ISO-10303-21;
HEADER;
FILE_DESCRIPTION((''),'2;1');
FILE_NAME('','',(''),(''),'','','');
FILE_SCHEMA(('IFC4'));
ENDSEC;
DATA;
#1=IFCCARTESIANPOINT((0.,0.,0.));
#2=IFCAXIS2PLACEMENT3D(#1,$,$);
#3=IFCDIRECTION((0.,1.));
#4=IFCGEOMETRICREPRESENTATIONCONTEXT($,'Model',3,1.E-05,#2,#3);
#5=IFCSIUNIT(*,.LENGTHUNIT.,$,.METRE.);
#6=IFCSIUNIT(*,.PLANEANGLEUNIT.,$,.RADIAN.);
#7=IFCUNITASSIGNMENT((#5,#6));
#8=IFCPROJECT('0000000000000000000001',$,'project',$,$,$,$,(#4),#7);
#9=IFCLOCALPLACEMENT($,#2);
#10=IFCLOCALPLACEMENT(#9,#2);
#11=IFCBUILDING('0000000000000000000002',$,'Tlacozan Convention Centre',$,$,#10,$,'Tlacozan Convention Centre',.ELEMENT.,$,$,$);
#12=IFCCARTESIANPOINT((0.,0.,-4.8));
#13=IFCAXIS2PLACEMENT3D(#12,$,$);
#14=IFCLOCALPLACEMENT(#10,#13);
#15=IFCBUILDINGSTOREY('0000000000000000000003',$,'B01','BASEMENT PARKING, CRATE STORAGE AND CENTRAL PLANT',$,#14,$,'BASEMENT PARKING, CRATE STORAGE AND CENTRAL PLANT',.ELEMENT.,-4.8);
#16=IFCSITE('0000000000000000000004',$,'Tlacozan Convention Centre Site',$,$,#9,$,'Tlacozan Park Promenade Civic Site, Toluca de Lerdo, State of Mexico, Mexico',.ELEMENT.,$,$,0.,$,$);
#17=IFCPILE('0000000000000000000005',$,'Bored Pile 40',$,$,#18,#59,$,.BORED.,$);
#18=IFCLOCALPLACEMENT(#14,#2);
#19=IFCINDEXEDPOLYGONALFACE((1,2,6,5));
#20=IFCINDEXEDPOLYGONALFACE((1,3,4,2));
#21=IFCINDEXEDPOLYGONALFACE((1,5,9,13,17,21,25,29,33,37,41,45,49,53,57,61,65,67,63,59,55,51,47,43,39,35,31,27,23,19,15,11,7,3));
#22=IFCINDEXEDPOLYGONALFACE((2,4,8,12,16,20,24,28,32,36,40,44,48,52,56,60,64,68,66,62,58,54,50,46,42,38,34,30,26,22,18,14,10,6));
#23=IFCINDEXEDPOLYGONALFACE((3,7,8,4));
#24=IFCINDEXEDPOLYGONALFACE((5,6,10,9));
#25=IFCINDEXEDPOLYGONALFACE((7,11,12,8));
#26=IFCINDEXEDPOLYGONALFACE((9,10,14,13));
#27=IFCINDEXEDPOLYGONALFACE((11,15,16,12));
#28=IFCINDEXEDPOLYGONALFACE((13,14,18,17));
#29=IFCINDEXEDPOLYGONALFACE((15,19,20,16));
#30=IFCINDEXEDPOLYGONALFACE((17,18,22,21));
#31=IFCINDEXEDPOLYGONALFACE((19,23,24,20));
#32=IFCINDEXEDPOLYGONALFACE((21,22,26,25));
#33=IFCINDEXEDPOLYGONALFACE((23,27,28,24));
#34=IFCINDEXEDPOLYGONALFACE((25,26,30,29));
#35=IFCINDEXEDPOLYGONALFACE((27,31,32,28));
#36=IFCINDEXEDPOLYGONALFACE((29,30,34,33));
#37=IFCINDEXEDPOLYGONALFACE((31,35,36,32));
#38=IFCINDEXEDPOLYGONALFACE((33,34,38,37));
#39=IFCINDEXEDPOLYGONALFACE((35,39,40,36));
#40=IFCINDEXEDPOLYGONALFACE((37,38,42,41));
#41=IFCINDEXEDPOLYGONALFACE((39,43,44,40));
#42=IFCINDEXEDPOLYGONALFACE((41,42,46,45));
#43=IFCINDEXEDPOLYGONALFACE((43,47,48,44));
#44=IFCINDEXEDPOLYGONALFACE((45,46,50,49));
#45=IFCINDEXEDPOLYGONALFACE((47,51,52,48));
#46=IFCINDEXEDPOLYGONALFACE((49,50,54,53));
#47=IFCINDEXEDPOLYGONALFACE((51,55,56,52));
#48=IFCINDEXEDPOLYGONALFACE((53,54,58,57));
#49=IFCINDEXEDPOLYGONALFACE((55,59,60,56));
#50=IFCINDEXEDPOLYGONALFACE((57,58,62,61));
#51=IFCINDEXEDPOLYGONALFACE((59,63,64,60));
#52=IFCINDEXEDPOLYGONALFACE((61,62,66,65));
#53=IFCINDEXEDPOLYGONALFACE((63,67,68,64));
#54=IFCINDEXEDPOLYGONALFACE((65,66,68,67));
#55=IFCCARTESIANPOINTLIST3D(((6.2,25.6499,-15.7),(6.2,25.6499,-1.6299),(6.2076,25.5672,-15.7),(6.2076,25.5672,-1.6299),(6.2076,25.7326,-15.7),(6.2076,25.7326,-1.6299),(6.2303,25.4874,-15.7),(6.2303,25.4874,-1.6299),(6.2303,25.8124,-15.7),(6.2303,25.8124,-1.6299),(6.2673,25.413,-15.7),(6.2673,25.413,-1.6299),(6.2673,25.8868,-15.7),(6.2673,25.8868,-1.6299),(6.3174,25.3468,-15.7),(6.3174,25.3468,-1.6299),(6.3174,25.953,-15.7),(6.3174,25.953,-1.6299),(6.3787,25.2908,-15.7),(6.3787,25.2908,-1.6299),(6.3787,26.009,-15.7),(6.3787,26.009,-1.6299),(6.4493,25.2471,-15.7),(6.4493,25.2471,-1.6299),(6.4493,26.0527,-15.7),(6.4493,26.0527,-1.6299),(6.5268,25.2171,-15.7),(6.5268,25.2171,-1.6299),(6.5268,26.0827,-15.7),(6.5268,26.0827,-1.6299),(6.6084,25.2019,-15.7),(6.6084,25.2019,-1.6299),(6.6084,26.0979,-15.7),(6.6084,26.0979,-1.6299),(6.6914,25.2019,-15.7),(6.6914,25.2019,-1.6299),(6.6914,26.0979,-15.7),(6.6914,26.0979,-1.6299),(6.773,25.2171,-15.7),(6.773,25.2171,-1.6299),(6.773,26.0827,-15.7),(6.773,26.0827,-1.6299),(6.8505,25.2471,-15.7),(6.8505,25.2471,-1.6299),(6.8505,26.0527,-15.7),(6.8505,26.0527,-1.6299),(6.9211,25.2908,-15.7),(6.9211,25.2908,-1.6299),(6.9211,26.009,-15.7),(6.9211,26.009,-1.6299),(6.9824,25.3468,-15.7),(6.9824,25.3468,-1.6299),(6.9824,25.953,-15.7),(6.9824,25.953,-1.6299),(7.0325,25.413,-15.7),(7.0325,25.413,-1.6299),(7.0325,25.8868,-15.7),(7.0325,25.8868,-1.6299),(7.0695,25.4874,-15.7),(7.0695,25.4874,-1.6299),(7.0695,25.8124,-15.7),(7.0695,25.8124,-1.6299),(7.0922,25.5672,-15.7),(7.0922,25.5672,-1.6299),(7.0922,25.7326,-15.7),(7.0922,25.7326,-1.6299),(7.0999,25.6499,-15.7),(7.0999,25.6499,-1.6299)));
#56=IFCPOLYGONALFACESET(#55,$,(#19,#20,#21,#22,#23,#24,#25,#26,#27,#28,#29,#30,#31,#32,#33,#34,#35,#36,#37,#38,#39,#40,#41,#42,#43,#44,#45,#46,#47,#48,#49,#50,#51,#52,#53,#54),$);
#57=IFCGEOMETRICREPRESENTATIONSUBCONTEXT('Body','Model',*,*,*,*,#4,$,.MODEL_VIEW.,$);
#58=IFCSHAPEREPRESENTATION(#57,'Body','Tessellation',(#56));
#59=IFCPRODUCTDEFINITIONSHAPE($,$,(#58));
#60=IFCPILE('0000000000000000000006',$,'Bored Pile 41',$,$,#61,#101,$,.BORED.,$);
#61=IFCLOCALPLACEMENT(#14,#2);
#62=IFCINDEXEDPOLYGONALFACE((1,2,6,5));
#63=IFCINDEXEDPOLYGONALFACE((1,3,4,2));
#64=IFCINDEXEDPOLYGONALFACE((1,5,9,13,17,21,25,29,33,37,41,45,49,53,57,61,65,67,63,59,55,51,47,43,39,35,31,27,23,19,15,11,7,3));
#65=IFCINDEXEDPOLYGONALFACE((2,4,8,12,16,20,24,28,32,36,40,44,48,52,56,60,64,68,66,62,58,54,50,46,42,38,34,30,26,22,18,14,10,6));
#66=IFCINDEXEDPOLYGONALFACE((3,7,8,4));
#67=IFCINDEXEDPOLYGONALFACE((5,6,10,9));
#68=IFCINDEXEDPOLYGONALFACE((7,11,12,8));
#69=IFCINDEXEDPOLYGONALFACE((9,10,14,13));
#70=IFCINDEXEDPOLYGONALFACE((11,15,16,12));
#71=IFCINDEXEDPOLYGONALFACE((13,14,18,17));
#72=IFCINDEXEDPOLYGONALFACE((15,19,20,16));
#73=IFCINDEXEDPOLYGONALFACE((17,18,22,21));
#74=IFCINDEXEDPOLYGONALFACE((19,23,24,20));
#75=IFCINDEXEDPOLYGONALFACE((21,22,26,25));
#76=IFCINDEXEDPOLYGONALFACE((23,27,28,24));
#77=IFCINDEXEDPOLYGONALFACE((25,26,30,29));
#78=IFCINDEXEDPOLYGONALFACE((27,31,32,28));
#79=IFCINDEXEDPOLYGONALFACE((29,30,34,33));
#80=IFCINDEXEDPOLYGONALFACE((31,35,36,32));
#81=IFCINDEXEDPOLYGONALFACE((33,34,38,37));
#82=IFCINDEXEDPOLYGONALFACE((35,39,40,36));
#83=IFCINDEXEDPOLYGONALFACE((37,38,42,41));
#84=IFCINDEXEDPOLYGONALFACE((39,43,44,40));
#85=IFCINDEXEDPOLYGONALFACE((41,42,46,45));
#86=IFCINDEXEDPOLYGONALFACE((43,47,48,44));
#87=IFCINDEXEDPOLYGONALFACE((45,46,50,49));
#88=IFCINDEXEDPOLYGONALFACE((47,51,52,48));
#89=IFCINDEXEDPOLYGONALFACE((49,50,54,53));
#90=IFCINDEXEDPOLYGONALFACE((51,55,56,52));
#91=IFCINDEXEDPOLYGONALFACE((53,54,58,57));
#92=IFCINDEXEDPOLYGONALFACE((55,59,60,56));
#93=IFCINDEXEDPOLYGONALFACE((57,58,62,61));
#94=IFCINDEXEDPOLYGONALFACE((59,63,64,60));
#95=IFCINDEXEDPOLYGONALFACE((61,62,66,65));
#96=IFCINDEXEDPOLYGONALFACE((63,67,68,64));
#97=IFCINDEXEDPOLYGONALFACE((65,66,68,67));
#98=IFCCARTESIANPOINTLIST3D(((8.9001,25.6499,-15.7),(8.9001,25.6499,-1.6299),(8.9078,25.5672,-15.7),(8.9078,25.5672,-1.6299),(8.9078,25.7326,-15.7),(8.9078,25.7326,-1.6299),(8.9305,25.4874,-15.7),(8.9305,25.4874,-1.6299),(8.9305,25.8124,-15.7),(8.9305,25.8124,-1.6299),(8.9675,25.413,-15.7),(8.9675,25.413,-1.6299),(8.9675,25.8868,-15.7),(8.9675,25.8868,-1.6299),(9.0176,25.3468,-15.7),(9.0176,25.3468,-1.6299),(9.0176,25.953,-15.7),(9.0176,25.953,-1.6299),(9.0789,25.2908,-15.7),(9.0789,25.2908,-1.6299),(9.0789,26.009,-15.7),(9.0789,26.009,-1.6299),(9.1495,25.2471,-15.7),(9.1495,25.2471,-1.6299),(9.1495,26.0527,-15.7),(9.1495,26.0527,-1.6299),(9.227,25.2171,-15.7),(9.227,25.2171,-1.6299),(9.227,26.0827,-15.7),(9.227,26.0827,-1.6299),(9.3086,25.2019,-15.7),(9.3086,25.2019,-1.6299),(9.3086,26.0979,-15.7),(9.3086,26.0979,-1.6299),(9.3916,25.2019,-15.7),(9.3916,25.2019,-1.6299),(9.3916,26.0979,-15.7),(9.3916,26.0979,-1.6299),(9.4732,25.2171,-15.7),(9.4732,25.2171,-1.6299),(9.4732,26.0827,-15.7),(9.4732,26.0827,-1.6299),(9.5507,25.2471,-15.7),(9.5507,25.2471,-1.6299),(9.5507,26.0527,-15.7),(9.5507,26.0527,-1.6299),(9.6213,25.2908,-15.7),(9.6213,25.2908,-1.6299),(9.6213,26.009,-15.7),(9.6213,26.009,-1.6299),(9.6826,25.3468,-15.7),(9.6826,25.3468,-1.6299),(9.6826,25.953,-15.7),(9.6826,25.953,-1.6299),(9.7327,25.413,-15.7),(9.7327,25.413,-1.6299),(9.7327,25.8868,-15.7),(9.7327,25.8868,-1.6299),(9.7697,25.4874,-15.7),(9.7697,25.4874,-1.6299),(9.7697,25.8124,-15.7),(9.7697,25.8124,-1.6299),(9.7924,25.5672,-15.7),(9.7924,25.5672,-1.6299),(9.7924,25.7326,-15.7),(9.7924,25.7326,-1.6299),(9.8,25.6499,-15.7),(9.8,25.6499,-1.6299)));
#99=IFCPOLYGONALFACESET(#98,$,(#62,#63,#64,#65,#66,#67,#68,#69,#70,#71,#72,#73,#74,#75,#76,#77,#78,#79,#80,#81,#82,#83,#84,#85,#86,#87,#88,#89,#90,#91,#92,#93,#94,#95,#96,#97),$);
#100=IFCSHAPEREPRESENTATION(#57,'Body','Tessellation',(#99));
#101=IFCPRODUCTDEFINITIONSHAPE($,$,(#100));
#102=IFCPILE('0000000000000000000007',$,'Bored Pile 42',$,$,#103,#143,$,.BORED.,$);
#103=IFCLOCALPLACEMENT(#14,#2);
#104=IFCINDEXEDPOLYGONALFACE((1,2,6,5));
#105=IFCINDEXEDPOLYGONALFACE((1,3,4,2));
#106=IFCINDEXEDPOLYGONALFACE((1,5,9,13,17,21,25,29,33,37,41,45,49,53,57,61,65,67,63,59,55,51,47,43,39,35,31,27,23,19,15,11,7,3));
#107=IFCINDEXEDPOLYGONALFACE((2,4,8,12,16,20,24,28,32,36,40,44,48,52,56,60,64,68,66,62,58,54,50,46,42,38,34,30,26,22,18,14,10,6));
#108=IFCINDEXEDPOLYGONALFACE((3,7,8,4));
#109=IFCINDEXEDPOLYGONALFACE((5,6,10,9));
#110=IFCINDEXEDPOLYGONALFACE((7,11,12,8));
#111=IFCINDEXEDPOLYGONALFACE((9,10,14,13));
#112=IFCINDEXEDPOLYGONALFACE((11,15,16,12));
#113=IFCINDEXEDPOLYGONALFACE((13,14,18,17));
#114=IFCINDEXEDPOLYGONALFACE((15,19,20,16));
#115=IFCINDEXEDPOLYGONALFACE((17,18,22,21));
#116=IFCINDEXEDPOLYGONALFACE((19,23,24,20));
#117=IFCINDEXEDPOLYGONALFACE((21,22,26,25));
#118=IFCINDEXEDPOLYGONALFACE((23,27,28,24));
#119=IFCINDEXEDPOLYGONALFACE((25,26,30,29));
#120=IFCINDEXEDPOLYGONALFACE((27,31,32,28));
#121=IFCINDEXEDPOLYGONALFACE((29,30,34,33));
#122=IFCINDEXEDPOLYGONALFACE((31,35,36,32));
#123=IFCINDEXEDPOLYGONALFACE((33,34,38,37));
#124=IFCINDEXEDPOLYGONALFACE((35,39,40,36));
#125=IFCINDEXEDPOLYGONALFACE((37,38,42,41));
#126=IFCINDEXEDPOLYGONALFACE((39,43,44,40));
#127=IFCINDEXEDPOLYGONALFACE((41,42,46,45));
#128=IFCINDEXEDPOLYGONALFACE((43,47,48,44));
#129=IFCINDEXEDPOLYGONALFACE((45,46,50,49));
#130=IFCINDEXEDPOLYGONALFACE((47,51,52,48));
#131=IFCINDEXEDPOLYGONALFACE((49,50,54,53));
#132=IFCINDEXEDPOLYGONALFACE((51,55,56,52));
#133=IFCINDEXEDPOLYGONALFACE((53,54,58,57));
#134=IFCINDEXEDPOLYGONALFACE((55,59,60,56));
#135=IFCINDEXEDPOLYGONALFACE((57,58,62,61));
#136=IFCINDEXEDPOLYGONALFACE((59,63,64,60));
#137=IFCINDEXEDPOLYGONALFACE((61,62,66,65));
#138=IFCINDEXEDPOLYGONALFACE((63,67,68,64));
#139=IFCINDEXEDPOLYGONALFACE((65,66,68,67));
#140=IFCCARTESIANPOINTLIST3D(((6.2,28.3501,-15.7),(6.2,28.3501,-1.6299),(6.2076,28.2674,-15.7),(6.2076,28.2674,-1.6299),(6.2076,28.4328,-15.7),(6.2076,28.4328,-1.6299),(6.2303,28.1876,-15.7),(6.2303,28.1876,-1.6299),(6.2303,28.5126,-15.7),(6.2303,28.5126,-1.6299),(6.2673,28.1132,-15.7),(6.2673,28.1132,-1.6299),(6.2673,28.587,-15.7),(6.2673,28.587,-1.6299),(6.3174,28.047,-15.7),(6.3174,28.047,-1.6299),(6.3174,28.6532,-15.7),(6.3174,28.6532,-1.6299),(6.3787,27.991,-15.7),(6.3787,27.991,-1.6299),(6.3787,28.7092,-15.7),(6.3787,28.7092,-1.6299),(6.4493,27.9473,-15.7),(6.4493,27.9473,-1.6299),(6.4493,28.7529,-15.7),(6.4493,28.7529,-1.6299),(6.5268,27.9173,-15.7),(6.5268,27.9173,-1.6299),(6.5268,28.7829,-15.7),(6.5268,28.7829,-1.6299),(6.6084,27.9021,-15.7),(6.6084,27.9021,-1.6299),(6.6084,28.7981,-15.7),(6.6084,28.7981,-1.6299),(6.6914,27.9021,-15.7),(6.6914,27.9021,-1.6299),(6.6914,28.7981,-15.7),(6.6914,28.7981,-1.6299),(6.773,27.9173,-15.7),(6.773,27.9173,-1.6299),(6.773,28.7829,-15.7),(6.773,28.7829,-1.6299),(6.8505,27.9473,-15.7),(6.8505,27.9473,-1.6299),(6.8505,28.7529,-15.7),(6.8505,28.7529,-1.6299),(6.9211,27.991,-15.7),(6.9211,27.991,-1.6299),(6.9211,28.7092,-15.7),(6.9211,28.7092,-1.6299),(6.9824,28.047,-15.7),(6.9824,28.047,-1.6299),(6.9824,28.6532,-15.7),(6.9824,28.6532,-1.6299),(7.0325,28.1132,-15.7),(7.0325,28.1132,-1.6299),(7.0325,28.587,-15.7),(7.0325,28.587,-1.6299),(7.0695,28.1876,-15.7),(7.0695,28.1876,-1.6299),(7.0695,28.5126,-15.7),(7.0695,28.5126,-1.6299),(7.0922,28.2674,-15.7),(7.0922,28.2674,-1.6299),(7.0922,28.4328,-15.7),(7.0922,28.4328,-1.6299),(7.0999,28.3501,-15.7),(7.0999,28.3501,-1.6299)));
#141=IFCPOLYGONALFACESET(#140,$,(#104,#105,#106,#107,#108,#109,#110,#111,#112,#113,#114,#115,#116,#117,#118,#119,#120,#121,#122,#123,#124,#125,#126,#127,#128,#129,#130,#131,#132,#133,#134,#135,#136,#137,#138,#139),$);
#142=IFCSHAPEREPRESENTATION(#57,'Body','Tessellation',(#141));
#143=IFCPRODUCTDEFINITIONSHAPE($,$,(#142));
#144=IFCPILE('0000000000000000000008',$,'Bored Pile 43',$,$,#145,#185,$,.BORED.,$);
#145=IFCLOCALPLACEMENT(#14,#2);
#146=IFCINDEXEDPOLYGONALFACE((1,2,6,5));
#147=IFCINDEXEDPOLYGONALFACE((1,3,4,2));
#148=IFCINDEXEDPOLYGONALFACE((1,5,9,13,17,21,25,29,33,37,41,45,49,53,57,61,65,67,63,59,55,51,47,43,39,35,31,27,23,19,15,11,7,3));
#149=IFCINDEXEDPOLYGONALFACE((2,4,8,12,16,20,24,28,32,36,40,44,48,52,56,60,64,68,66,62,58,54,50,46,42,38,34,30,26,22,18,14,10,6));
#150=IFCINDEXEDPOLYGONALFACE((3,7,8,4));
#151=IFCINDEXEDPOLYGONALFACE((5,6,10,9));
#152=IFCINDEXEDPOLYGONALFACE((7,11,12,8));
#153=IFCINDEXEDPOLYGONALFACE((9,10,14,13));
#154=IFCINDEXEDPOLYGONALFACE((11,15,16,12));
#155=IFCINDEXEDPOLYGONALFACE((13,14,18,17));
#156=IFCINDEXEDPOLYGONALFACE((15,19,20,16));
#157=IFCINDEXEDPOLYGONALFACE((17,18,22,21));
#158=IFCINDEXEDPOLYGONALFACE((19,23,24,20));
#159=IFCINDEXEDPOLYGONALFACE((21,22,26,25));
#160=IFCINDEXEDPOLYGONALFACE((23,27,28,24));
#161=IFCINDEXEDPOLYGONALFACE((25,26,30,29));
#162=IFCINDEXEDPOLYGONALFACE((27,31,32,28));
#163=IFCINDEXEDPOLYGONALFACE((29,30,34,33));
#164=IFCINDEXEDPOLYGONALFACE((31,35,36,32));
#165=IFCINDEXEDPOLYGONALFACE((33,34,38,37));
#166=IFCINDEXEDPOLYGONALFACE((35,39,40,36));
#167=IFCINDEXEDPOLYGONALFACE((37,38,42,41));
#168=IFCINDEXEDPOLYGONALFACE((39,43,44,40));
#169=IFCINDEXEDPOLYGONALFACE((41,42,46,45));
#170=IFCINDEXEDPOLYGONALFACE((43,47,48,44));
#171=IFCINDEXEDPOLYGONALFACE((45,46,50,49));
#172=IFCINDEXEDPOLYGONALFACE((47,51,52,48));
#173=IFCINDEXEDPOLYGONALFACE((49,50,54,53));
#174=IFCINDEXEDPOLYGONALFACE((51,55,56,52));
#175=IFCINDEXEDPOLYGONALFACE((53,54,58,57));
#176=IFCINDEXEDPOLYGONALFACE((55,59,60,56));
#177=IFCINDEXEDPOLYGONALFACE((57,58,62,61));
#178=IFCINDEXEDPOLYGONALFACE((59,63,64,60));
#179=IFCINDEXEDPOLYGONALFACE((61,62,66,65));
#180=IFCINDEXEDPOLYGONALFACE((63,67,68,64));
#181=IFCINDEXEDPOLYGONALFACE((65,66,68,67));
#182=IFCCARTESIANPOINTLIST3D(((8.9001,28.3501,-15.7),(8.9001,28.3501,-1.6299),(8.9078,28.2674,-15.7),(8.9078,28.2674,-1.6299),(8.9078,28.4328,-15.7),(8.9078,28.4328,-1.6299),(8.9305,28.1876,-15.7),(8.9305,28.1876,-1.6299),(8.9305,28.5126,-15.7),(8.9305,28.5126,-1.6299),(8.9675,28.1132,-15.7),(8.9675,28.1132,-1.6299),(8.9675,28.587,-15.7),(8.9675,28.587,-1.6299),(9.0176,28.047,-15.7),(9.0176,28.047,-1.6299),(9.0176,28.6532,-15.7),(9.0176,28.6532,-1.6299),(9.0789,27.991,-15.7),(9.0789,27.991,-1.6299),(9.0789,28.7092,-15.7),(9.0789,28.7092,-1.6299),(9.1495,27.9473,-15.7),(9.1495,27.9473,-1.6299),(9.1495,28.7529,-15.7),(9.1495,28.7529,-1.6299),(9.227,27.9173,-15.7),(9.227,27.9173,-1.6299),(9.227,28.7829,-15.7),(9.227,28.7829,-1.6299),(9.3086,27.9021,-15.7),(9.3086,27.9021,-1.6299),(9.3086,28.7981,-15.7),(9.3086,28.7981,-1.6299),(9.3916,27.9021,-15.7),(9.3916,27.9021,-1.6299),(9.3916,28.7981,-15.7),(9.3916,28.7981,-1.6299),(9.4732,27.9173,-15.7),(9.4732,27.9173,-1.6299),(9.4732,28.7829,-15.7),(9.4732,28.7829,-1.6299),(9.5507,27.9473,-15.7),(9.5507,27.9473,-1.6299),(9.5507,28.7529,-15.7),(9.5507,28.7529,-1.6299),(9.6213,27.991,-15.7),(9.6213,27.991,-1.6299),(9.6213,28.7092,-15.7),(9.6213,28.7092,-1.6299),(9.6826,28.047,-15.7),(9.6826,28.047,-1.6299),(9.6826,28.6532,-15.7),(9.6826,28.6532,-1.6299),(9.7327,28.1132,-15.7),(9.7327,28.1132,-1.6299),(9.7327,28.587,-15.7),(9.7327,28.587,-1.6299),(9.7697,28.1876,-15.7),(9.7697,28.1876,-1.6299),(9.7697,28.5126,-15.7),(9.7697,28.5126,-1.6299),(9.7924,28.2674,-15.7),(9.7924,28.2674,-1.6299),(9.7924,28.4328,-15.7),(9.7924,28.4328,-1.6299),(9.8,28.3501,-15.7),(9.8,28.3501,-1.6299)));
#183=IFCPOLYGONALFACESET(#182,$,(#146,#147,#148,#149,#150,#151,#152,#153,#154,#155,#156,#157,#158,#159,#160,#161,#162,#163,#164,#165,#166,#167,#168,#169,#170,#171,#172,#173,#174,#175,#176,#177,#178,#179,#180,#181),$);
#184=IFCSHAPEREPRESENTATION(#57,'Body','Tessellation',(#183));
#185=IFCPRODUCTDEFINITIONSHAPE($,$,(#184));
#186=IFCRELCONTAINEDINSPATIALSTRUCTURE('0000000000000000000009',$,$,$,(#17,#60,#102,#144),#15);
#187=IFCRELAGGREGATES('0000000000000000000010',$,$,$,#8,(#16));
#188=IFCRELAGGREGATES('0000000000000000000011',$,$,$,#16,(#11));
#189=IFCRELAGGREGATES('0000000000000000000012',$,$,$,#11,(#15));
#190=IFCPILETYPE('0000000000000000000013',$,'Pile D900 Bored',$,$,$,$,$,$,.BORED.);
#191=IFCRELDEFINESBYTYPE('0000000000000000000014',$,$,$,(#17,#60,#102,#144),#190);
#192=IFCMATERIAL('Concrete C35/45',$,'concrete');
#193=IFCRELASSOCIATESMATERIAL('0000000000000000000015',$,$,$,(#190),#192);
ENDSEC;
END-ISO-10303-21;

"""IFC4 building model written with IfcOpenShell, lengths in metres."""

from ifc_helpers import new_model, si_unit, direction, frame, origin, origin_2d, place, context, subcontext, project, spatial, circle, extrude, material, material_profile, profile_set, type_object, element, save


model = new_model("IFC4")

# Units and contexts
model_context = context("Model", 3, precision=1e-05, world=origin(), true_north=direction((0.0, 1.0)))
body_context = subcontext(model_context, "Body", "Model", "MODEL_VIEW")
ifc_project = project(units=[si_unit("LENGTHUNIT", "METRE"), si_unit("PLANEANGLEUNIT", "RADIAN")], contexts=[model_context])

# Site, building, storey
site_placement = place(None, origin())
site = spatial("IfcSite", under=ifc_project, at=site_placement, Name="Tlacozan Convention Centre Site", LongName="Tlacozan Park Promenade Civic Site, Toluca de Lerdo, State of Mexico, Mexico", CompositionType="ELEMENT", RefElevation=0.0)
building_placement = place(site_placement, origin())
building = spatial("IfcBuilding", under=site, at=building_placement, Name="Tlacozan Convention Centre", LongName="Tlacozan Convention Centre", CompositionType="ELEMENT")
storey_placement = place(building_placement, frame((0.0, 0.0, -4.8)))
storey = spatial("IfcBuildingStorey", under=building, at=storey_placement, Name="B01", Description="BASEMENT PARKING, CRATE STORAGE AND CENTRAL PLANT", LongName="BASEMENT PARKING, CRATE STORAGE AND CENTRAL PLANT", CompositionType="ELEMENT", Elevation=-4.8)

# Shared definitions
ifc_material_1 = material(Name="Concrete C35/45", Category="concrete")

# Piles
ifc_material_profile_1 = material_profile(ifc_material_1, circle(Radius=0.45, at=origin_2d()), Name="PILE D900")
ifc_profile_set_1 = profile_set([ifc_material_profile_1], Name="Concrete C35/45")
pile_type_1 = type_object("IfcPileType", Name="Pile D900 Bored", PredefinedType="BORED", material=ifc_profile_set_1)
for number, where, z_axis, x_axis, name in (
    (1, (6.6499, 25.6499, -1.6299), (0.0, 0.0, -1.0), (1.0, 0.0, 0.0), "Bored Pile 40"),
    (2, (9.3501, 25.6499, -1.6299), (0.0, 0.0, -1.0), (1.0, 0.0, 0.0), "Bored Pile 41"),
    (3, (6.6499, 28.3501, -1.6299), (0.0, 0.0, -1.0), (1.0, 0.0, 0.0), "Bored Pile 42"),
    (4, (9.3501, 28.3501, -1.6299), (0.0, 0.0, -1.0), (1.0, 0.0, 0.0), "Bored Pile 43"),
):
    element("IfcPile", number, at=place(storey_placement, frame(where, z_axis=z_axis, x_axis=x_axis)), inside=storey, type_object=pile_type_1, Name=name, PredefinedType="BORED", context=body_context, shape_type="SweptSolid", body=[
        extrude(circle(Radius=0.45, at=origin_2d()), origin(), (0.0, 0.0, 1.0), 14.0701),
    ])

save(model, "model.ifc")
